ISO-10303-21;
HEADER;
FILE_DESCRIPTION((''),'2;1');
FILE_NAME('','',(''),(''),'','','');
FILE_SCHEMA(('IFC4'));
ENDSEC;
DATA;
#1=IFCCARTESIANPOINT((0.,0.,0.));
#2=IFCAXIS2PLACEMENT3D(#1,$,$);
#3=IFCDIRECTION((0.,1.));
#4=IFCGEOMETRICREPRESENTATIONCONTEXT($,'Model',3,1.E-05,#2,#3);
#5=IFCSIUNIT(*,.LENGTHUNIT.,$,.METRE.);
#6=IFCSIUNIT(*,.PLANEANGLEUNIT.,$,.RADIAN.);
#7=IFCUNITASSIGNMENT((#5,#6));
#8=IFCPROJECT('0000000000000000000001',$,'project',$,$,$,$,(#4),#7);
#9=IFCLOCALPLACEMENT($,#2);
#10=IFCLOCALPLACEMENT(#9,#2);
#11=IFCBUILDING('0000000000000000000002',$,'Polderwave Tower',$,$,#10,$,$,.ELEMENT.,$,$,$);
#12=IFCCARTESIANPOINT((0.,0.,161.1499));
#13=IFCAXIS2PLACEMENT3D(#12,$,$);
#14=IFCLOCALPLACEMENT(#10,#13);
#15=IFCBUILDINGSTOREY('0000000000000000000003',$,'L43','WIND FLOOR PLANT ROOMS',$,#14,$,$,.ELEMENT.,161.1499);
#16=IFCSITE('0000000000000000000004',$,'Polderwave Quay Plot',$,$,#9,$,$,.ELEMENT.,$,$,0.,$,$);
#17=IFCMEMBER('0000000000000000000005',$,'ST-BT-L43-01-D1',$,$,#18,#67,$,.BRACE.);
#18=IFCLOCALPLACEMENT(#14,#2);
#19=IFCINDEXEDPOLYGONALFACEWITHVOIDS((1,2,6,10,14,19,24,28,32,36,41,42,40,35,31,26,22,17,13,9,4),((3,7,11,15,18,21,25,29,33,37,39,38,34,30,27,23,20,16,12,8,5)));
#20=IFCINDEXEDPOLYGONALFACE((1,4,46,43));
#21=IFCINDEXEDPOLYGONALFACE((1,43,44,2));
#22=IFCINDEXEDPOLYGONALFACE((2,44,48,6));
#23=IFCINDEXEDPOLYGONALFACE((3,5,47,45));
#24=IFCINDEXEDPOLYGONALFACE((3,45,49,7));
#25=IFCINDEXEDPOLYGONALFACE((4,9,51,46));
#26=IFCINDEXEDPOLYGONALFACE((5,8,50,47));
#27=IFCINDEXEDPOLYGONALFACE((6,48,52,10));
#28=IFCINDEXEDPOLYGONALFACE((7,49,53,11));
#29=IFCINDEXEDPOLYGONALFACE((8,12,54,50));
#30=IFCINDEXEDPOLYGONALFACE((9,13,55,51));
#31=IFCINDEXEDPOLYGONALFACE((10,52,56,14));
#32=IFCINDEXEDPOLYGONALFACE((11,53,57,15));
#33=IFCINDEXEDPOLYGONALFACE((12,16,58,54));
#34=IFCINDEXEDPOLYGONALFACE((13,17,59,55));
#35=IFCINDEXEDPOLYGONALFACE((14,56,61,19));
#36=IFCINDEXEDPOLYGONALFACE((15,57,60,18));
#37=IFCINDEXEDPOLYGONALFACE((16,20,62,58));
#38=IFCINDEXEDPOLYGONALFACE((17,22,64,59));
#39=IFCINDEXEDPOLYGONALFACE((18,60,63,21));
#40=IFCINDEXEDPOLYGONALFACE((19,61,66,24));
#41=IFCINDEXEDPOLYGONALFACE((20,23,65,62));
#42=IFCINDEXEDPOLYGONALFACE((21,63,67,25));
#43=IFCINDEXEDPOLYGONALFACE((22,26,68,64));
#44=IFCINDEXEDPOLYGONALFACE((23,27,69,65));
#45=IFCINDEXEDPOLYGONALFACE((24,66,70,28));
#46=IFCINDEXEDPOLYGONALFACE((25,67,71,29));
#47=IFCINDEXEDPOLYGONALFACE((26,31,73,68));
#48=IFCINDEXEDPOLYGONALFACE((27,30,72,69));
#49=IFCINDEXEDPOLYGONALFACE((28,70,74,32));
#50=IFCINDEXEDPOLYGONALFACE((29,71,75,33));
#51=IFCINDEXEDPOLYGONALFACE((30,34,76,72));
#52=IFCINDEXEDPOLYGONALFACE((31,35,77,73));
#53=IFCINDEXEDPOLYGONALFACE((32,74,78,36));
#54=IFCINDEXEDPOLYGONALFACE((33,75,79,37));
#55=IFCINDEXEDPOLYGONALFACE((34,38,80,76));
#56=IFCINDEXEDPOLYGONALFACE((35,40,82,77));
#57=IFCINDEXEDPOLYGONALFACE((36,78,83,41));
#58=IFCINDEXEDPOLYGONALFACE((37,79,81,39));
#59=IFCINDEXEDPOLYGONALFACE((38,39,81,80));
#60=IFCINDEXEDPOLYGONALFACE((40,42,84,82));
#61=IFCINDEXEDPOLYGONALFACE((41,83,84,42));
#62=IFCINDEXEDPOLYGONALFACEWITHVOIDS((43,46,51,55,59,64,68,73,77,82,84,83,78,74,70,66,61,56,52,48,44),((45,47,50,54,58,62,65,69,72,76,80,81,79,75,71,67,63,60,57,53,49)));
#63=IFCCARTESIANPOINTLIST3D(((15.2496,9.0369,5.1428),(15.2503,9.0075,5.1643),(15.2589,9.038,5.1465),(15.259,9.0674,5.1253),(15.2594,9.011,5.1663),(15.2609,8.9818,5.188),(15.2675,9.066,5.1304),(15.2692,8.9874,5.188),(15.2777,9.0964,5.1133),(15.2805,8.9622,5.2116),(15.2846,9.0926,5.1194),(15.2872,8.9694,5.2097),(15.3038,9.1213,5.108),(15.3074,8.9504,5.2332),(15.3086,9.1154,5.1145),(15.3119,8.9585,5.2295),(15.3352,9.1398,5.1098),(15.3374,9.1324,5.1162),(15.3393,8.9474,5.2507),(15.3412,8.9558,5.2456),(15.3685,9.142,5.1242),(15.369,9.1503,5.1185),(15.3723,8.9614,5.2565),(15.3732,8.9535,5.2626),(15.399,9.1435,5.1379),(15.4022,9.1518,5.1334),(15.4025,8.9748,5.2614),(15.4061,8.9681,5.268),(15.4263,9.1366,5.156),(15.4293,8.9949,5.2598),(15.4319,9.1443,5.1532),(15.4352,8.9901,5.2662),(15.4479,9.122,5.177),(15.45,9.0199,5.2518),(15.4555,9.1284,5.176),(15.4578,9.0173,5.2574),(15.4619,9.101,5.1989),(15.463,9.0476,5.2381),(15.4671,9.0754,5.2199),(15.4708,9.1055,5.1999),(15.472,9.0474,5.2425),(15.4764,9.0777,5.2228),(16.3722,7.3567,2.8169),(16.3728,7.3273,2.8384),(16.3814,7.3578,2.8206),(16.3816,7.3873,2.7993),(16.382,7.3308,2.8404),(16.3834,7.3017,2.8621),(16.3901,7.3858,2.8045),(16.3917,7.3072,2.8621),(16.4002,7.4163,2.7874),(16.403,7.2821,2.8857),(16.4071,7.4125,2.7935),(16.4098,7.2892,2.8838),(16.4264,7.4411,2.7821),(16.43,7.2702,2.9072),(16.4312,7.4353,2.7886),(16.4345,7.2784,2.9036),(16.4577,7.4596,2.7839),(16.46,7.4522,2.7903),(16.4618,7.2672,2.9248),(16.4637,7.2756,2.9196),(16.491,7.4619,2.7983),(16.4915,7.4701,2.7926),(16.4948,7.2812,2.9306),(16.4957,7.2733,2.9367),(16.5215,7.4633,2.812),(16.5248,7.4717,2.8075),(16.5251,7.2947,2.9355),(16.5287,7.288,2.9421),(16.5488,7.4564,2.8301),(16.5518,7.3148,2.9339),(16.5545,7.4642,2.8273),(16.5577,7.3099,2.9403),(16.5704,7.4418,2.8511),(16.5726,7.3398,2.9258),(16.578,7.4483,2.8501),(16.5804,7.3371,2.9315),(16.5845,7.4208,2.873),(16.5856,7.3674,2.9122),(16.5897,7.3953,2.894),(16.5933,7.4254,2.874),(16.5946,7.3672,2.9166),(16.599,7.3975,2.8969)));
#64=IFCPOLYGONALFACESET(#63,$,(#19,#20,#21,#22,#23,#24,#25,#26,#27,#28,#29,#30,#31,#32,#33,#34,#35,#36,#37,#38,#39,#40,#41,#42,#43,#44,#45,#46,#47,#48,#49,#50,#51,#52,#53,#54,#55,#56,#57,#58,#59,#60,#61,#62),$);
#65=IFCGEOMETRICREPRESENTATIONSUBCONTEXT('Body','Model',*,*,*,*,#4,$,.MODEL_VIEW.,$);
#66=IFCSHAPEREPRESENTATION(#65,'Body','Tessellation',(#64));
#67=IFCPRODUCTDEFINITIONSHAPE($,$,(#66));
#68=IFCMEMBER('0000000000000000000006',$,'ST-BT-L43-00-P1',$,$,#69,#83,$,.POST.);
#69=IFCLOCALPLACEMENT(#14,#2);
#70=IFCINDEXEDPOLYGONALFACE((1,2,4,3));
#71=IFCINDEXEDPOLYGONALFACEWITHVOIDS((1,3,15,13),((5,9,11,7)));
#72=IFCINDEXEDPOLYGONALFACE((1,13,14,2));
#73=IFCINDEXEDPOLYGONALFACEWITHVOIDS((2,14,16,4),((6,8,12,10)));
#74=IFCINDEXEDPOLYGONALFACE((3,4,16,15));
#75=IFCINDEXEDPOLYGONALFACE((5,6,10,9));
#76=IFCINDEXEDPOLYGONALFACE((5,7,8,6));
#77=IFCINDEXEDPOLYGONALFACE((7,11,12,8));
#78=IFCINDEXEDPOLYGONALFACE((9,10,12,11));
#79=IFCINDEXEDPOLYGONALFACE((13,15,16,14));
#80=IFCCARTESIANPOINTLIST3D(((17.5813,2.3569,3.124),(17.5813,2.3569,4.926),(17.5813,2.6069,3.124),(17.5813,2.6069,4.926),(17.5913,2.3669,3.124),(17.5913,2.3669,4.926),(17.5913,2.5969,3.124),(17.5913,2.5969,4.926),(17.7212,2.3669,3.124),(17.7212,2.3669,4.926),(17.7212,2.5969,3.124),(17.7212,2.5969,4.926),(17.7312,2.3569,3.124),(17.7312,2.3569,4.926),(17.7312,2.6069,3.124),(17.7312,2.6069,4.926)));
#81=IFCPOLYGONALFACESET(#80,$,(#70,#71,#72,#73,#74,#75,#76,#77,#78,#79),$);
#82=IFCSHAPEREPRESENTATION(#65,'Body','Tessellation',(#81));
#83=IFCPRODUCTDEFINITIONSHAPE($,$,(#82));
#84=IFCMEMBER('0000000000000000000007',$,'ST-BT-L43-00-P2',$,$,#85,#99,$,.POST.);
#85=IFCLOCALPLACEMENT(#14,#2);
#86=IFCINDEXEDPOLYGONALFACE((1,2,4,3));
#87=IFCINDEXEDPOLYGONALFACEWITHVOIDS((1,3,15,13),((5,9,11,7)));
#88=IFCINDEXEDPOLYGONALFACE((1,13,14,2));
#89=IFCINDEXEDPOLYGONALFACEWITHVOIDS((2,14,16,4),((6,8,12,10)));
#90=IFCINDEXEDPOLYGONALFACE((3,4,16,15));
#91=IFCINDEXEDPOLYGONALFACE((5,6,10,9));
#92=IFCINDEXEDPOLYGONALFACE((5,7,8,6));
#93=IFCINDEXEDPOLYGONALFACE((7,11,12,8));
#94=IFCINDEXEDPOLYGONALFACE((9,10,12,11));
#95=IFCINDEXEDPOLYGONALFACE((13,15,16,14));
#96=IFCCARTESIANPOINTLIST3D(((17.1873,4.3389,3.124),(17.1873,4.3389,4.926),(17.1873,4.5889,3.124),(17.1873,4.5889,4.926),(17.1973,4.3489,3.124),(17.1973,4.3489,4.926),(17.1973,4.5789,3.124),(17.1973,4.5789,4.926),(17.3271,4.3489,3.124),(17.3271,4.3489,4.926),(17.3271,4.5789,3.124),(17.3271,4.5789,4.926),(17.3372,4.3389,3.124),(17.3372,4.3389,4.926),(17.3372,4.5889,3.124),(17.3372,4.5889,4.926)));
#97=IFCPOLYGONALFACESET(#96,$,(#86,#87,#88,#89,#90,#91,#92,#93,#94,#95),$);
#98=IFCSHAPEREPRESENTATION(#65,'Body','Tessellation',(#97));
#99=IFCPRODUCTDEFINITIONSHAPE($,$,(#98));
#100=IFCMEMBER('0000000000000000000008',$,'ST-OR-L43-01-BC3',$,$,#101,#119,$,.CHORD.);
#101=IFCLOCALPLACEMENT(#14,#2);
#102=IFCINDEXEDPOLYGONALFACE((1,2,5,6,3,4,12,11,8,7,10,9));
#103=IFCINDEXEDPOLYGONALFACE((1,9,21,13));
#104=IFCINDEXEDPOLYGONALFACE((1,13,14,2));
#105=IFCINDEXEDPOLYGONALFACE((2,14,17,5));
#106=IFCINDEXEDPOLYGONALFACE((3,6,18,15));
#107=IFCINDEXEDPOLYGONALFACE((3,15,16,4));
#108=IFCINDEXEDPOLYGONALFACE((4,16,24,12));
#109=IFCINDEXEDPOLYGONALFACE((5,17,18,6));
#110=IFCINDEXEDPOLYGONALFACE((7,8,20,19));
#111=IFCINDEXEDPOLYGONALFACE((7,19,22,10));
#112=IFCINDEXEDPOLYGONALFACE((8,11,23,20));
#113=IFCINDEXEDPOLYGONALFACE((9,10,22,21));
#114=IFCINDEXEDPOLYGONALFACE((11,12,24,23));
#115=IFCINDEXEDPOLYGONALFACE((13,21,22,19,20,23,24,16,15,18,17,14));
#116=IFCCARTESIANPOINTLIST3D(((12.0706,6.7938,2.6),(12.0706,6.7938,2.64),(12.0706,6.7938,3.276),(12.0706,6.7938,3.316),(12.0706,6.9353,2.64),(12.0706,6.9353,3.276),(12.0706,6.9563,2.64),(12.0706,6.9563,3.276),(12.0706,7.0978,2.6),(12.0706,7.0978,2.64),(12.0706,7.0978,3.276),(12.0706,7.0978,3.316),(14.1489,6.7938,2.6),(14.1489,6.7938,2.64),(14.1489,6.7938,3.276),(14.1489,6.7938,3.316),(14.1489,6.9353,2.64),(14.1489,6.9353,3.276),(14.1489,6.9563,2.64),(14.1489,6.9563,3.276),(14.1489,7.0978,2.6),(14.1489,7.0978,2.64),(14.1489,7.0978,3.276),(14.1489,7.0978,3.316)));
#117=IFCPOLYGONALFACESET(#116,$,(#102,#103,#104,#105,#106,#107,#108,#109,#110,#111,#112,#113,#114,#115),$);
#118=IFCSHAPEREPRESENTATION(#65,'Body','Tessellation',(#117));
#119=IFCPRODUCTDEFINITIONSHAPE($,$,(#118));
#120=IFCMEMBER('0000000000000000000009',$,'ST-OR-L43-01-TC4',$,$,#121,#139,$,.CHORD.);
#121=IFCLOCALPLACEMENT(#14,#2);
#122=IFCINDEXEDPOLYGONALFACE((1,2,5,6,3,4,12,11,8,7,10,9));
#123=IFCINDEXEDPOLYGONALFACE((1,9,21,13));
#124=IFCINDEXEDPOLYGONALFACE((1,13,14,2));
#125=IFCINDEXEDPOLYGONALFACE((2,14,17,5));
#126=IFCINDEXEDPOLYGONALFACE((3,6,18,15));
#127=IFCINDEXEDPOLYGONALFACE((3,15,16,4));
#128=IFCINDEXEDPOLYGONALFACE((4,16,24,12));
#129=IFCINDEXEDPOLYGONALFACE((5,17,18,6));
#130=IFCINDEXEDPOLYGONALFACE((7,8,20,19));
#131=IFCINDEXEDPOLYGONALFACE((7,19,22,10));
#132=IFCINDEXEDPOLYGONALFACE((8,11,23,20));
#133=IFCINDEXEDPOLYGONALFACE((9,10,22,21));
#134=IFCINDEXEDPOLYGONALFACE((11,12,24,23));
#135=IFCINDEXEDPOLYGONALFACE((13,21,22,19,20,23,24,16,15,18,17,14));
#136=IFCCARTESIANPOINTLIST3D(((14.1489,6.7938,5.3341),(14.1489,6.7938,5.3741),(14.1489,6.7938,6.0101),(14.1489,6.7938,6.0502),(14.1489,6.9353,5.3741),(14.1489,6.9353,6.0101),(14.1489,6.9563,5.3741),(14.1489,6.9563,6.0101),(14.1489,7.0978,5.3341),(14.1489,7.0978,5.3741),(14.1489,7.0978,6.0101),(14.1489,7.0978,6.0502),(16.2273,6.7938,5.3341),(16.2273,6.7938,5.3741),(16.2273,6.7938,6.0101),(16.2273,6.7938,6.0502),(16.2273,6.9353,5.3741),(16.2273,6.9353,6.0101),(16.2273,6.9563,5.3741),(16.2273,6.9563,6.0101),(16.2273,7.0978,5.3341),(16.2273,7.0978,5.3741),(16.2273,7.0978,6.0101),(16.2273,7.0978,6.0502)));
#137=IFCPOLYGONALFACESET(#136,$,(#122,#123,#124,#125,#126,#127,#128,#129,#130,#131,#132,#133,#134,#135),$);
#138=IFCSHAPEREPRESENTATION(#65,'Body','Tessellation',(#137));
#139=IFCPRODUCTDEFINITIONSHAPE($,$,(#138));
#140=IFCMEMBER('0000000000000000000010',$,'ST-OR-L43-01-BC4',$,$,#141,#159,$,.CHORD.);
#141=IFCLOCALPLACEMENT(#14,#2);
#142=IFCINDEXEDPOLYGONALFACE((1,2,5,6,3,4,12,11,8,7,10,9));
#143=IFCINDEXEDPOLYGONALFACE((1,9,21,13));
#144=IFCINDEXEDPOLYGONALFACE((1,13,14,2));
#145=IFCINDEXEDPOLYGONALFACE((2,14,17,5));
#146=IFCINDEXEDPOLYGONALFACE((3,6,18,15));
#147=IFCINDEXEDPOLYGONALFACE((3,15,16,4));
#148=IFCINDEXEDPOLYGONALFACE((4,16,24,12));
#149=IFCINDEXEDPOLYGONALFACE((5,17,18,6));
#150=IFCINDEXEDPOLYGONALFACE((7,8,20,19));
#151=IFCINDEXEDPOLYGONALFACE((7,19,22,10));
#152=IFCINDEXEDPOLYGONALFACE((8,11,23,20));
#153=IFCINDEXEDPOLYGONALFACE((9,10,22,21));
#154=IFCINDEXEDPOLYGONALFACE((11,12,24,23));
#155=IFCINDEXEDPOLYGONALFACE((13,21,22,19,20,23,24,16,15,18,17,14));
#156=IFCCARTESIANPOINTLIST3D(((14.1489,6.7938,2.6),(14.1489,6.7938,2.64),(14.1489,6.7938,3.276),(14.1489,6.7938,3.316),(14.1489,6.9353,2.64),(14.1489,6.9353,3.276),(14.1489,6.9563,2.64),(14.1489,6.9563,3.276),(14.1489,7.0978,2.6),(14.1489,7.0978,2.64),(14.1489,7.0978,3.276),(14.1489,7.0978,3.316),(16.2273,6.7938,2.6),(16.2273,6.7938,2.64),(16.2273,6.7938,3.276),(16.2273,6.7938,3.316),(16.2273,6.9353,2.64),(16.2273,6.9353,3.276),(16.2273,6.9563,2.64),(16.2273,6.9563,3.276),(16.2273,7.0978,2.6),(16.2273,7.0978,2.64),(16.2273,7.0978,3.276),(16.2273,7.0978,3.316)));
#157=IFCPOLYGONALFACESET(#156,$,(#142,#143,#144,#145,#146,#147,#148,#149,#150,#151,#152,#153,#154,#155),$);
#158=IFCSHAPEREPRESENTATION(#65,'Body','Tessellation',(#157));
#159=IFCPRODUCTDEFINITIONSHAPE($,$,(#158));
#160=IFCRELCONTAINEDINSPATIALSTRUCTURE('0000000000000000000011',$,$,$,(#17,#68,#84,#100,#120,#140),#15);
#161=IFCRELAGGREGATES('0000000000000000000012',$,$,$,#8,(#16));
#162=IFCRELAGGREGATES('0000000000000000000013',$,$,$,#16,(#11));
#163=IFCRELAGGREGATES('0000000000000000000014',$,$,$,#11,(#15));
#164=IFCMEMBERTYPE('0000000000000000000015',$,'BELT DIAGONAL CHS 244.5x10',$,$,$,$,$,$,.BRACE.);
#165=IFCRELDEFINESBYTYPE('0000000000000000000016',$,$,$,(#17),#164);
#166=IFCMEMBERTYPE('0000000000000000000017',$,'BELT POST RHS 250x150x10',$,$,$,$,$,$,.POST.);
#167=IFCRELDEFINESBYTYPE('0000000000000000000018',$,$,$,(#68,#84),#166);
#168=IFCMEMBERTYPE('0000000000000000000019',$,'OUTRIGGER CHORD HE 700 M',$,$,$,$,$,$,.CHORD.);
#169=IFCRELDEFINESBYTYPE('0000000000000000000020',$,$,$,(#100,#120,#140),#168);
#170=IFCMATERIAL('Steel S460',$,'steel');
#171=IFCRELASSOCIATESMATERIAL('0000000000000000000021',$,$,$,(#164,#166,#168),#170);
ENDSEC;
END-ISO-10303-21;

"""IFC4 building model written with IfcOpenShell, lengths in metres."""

from ifc_helpers import new_model, si_unit, direction, frame, origin, origin_2d, place, context, subcontext, project, spatial, hollow_rectangle, hollow_circle, i_section, extrude, material, material_profile, profile_set, type_object, element, save


model = new_model("IFC4")

# Units and contexts
model_context = context("Model", 3, precision=1e-05, world=origin(), true_north=direction((0.0, 1.0)))
body_context = subcontext(model_context, "Body", "Model", "MODEL_VIEW")
ifc_project = project(units=[si_unit("LENGTHUNIT", "METRE"), si_unit("PLANEANGLEUNIT", "RADIAN")], contexts=[model_context])

# Site, building, storey
site_placement = place(None, origin())
site = spatial("IfcSite", under=ifc_project, at=site_placement, Name="Polderwave Quay Plot", CompositionType="ELEMENT", RefElevation=0.0)
building_placement = place(site_placement, origin())
building = spatial("IfcBuilding", under=site, at=building_placement, Name="Polderwave Tower", CompositionType="ELEMENT")
storey_placement = place(building_placement, frame((0.0, 0.0, 161.1499)))
storey = spatial("IfcBuildingStorey", under=building, at=storey_placement, Name="L43", Description="WIND FLOOR PLANT ROOMS", CompositionType="ELEMENT", Elevation=161.1499)

# Members
ifc_material_1 = material(Name="Steel S460", Category="steel")
ifc_material_profile_1 = material_profile(ifc_material_1, hollow_circle(Radius=0.1223, WallThickness=0.01, at=origin_2d()), Name="CHS 244.5x10")
ifc_profile_set_1 = profile_set([ifc_material_profile_1], Name="Steel S460")
member_type_1 = type_object("IfcMemberType", Name="BELT DIAGONAL CHS 244.5x10", PredefinedType="BRACE", material=ifc_profile_set_1)
for number, where, z_axis, x_axis, name in (
    (1, (16.4851, 7.3696, 2.8621), (-0.364339, 0.54532, 0.754906), (-0.831492, -0.555536, 0.0), "ST-BT-L43-01-D1"),
):
    element("IfcMember", number, at=place(storey_placement, frame(where, z_axis=z_axis, x_axis=x_axis)), inside=storey, type_object=member_type_1, Name=name, PredefinedType="BRACE", context=body_context, shape_type="SweptSolid", body=[
        extrude(hollow_circle(Radius=0.1223, WallThickness=0.01, at=origin_2d()), origin(), (0.0, 0.0, 1.0), 3.0811),
    ])
ifc_material_profile_2 = material_profile(ifc_material_1, hollow_rectangle(XDim=0.1499, YDim=0.25, WallThickness=0.01, at=origin_2d()), Name="RHS 250x150x10")
ifc_profile_set_2 = profile_set([ifc_material_profile_2], Name="Steel S460")
member_type_2 = type_object("IfcMemberType", Name="BELT POST RHS 250x150x10", PredefinedType="POST", material=ifc_profile_set_2)
for number, where, z_axis, x_axis, name in (
    (2, (17.6562, 2.4819, 3.124), (0.0, 0.0, 1.0), (1.0, 0.0, 0.0), "ST-BT-L43-00-P1"),
    (3, (17.2622, 4.4639, 3.124), (0.0, 0.0, 1.0), (1.0, 0.0, 0.0), "ST-BT-L43-00-P2"),
):
    element("IfcMember", number, at=place(storey_placement, frame(where, z_axis=z_axis, x_axis=x_axis)), inside=storey, type_object=member_type_2, Name=name, PredefinedType="POST", context=body_context, shape_type="SweptSolid", body=[
        extrude(hollow_rectangle(XDim=0.1499, YDim=0.25, WallThickness=0.01, at=origin_2d()), origin(), (0.0, 0.0, 1.0), 1.802),
    ])
ifc_material_profile_3 = material_profile(ifc_material_1, i_section(OverallWidth=0.304, OverallDepth=0.7161, WebThickness=0.021, FlangeThickness=0.04, at=origin_2d()), Name="HE 700 M")
ifc_profile_set_3 = profile_set([ifc_material_profile_3], Name="Steel S460")
member_type_3 = type_object("IfcMemberType", Name="OUTRIGGER CHORD HE 700 M", PredefinedType="CHORD", material=ifc_profile_set_3)
for number, where, z_axis, x_axis, name in (
    (4, (12.0706, 6.9458, 2.958), (1.0, 0.0, 0.0), (0.0, 1.0, 0.0), "ST-OR-L43-01-BC3"),
    (5, (14.1489, 6.9458, 5.6921), (1.0, 0.0, 0.0), (0.0, 1.0, 0.0), "ST-OR-L43-01-TC4"),
    (6, (14.1489, 6.9458, 2.958), (1.0, 0.0, 0.0), (0.0, 1.0, 0.0), "ST-OR-L43-01-BC4"),
):
    element("IfcMember", number, at=place(storey_placement, frame(where, z_axis=z_axis, x_axis=x_axis)), inside=storey, type_object=member_type_3, Name=name, PredefinedType="CHORD", context=body_context, shape_type="SweptSolid", body=[
        extrude(i_section(OverallWidth=0.304, OverallDepth=0.7161, WebThickness=0.021, FlangeThickness=0.04, at=origin_2d()), origin(), (0.0, 0.0, 1.0), 2.0784),
    ])

save(model, "model.ifc")
